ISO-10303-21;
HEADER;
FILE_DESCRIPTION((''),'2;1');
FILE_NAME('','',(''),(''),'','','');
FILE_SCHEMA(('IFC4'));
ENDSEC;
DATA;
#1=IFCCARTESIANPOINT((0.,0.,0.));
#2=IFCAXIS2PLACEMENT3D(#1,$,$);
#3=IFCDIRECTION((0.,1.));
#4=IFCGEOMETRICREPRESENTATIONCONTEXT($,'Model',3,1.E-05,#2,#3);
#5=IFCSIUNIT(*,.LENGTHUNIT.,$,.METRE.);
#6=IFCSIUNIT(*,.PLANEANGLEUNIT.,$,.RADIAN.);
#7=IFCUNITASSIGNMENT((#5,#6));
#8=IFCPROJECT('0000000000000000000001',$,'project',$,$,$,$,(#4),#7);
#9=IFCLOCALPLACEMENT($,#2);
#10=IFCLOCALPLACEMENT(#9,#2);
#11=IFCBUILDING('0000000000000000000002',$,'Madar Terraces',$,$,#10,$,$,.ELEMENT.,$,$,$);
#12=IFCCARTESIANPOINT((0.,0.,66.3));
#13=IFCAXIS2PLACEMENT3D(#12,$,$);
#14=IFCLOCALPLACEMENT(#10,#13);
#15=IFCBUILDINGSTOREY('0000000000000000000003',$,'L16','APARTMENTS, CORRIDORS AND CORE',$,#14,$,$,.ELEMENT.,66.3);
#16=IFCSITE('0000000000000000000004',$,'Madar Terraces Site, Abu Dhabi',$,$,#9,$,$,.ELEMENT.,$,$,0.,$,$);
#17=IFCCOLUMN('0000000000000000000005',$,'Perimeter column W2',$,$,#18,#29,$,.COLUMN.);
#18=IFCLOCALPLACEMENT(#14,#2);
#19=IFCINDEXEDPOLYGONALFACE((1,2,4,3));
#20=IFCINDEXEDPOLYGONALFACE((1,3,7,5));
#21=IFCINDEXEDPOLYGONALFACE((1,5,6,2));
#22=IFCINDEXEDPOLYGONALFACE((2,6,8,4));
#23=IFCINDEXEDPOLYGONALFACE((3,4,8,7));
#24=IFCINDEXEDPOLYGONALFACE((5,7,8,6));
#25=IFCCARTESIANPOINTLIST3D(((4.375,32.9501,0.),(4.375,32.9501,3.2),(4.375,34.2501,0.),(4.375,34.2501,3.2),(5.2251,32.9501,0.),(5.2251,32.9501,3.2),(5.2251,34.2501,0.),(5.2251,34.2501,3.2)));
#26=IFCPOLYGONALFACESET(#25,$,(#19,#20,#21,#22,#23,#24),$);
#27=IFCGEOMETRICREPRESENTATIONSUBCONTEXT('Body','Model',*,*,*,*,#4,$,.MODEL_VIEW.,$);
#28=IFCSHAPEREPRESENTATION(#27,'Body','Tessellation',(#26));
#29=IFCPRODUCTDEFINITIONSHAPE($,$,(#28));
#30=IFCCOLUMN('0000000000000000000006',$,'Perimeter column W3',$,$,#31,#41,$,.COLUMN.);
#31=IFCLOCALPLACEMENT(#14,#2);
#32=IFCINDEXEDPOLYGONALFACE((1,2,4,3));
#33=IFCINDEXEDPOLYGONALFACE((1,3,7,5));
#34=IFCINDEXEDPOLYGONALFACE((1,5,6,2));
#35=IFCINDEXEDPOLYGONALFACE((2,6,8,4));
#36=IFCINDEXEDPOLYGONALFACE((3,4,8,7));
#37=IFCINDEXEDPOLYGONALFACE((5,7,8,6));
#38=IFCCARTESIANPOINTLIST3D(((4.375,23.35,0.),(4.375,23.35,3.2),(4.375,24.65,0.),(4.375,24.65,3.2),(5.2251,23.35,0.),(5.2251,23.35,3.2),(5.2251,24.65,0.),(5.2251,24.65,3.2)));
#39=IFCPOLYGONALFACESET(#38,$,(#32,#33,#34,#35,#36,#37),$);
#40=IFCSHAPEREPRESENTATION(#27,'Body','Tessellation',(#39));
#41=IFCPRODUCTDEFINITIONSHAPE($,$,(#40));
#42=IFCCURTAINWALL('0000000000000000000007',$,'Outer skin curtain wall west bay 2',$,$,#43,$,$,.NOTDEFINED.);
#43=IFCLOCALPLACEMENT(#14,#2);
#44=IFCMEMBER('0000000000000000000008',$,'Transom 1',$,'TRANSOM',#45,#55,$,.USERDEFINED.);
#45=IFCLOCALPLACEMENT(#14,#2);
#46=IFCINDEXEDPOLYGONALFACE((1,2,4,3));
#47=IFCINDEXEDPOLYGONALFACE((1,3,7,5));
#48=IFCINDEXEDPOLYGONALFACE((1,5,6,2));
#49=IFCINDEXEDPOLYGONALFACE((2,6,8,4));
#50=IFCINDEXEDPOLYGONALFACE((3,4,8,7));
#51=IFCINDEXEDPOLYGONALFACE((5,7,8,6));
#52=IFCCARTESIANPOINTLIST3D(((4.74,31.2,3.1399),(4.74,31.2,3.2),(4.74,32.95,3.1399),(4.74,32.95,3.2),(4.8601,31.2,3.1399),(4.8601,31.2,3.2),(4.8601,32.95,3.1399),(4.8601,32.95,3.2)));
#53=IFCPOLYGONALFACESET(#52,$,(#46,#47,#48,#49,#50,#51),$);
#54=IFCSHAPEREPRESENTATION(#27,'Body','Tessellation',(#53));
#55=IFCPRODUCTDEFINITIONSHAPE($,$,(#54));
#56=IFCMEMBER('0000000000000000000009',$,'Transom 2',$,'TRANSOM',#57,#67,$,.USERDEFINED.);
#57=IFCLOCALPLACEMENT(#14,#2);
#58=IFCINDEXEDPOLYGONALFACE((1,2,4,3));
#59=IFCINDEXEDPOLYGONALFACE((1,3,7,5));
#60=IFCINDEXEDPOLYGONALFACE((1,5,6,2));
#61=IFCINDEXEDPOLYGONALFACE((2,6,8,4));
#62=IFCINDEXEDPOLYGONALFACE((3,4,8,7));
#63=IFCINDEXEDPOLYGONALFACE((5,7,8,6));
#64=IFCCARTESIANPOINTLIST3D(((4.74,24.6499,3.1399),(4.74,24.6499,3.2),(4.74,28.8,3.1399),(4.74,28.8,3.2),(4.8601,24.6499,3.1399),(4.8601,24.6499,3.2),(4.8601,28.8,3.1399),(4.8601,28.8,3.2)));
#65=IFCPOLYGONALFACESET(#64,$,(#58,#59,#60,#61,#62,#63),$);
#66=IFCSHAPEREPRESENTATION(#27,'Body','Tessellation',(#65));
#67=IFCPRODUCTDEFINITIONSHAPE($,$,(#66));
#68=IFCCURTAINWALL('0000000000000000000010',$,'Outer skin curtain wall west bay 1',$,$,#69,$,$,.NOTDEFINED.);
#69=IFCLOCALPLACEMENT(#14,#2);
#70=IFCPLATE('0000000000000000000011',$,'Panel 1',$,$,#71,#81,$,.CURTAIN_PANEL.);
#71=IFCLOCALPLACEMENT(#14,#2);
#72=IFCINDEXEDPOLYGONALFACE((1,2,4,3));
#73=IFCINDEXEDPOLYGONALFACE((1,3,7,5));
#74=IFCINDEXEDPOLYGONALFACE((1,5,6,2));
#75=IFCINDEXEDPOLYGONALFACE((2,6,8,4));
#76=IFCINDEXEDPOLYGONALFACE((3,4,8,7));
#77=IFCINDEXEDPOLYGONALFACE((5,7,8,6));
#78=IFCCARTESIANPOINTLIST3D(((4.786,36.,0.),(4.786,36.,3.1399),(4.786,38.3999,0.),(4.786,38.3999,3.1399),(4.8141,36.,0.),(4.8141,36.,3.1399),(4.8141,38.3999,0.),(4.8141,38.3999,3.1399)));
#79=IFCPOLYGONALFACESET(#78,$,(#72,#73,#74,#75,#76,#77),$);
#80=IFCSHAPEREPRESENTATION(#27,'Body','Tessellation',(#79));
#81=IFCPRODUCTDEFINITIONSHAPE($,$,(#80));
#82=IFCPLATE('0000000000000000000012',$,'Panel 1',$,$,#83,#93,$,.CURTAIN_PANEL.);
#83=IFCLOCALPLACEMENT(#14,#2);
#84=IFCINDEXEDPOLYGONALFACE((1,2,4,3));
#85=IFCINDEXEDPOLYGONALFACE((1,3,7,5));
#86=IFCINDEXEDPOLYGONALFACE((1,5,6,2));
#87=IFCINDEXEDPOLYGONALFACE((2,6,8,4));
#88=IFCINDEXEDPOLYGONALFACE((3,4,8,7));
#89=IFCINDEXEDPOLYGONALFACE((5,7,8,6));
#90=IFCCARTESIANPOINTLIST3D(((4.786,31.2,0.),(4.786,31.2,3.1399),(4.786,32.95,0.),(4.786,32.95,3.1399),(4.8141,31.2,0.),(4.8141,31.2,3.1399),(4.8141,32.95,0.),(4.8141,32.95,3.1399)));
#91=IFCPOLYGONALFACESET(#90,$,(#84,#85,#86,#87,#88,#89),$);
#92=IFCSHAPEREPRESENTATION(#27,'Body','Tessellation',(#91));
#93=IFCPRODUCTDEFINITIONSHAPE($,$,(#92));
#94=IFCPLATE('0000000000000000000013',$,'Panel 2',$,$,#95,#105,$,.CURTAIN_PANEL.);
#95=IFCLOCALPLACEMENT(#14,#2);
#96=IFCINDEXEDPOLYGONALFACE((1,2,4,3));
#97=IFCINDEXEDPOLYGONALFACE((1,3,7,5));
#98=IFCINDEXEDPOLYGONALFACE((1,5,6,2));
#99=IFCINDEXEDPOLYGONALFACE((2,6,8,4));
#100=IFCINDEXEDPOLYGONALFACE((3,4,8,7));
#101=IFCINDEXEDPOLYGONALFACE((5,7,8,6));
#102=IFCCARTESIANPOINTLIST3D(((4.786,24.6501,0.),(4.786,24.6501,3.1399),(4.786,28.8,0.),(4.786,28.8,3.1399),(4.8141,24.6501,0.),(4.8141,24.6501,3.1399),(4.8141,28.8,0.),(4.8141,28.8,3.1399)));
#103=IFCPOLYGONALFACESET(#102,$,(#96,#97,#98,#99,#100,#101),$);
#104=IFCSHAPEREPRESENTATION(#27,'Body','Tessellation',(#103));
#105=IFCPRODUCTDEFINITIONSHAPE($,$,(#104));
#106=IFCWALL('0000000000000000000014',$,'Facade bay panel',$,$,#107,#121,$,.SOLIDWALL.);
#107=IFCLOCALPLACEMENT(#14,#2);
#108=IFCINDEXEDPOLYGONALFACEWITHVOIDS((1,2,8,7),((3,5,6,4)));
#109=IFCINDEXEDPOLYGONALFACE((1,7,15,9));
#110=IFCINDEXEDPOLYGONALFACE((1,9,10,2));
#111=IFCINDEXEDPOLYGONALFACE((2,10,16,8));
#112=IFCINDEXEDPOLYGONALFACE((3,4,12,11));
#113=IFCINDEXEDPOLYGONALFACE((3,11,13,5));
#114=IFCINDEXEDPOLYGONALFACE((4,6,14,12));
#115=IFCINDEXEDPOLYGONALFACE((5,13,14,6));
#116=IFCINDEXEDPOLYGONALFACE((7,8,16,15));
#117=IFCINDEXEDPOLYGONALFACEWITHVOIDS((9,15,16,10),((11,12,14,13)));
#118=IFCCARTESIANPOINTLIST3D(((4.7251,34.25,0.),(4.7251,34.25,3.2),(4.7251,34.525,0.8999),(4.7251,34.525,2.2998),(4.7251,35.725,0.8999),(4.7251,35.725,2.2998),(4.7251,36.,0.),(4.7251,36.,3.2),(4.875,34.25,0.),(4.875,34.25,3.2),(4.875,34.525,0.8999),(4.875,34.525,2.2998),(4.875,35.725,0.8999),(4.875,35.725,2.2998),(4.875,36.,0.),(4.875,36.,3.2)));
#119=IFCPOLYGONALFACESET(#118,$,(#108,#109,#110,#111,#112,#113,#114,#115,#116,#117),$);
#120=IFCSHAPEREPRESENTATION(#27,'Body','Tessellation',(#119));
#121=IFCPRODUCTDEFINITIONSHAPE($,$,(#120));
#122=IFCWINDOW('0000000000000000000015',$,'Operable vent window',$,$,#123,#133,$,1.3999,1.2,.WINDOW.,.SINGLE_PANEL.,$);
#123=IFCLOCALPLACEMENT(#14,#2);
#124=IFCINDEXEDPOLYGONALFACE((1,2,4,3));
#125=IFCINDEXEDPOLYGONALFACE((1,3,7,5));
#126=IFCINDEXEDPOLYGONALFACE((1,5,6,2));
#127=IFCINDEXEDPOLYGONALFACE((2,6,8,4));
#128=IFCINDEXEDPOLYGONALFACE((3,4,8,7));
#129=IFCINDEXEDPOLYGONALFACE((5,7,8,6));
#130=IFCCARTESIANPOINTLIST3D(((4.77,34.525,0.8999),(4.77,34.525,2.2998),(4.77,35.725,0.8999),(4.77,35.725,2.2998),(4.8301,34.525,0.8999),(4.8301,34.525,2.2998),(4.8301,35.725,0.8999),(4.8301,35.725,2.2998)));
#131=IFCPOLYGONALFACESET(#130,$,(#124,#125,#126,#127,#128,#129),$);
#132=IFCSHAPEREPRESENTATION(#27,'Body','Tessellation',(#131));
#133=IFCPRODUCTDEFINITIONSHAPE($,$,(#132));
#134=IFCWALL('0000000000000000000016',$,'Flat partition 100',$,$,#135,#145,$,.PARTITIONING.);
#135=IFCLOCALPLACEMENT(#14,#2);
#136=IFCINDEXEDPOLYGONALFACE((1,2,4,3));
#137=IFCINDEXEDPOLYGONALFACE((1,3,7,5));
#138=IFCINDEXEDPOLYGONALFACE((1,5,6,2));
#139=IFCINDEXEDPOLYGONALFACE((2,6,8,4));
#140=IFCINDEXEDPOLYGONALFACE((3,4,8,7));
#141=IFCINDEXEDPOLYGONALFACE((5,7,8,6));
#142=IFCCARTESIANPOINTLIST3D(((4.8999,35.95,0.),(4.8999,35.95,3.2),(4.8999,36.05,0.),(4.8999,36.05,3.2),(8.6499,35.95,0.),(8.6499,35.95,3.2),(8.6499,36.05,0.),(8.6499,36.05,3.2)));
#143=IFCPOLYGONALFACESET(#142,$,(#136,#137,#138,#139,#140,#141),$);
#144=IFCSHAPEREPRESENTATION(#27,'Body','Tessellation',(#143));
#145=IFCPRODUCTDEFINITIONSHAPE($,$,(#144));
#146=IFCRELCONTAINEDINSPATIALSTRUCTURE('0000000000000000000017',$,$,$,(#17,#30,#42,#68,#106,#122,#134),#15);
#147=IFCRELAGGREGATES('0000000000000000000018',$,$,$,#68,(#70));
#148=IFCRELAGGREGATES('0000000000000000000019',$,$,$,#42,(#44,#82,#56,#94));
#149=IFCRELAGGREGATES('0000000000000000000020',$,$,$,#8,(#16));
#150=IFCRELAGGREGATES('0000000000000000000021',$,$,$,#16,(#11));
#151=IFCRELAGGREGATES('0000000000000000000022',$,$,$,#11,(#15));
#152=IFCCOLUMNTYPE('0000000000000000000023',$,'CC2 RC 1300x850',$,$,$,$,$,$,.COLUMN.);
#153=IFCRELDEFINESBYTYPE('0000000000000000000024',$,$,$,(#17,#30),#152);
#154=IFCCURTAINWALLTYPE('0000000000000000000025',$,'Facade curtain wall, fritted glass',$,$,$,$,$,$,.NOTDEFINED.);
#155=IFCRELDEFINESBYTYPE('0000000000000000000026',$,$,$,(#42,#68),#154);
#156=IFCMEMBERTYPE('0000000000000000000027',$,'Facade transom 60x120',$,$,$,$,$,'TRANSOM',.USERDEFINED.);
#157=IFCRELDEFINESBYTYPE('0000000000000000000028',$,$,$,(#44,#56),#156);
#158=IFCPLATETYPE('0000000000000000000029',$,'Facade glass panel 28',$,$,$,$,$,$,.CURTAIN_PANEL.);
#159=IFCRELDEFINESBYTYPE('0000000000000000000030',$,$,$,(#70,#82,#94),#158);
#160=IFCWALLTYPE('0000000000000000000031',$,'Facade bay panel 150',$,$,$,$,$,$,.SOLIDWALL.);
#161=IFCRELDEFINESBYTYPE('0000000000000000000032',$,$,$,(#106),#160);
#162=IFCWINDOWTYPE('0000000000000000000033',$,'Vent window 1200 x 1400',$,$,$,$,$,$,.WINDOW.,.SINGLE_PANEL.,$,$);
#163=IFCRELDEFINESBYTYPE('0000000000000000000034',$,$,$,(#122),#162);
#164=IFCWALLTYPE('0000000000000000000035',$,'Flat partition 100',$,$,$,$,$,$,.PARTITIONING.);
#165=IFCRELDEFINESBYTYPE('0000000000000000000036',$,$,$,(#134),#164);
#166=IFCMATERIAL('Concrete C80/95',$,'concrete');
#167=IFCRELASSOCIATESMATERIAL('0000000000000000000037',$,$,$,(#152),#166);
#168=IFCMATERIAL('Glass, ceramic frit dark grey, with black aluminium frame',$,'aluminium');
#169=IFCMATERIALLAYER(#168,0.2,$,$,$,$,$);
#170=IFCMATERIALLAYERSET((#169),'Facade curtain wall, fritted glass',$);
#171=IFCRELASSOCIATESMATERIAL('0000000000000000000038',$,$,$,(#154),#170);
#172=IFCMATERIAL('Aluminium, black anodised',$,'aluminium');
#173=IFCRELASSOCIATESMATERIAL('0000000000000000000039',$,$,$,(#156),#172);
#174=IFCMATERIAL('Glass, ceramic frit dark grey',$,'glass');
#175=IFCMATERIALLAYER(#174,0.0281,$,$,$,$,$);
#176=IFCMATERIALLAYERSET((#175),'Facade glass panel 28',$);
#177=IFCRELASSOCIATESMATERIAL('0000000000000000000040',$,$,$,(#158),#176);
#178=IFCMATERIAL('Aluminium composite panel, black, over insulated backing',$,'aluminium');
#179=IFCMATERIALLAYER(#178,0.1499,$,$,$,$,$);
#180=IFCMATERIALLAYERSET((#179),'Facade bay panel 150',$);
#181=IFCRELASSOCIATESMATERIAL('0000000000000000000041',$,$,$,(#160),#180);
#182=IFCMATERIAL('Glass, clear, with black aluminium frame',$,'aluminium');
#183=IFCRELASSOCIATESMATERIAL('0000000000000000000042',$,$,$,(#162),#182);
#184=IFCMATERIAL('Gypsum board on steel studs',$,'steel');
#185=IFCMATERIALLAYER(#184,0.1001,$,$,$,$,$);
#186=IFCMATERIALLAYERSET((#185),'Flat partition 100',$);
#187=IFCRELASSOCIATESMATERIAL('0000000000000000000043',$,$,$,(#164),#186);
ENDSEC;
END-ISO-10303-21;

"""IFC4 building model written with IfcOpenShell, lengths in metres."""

from ifc_helpers import new_model, si_unit, direction, frame, frame_2d, origin, origin_2d, place, context, subcontext, project, spatial, rectangle, extrude, material, layer, layer_set, material_profile, profile_set, type_object, element, fill, aggregate, save


model = new_model("IFC4")

# Units and contexts
model_context = context("Model", 3, precision=1e-05, world=origin(), true_north=direction((0.0, 1.0)))
body_context = subcontext(model_context, "Body", "Model", "MODEL_VIEW")
ifc_project = project(units=[si_unit("LENGTHUNIT", "METRE"), si_unit("PLANEANGLEUNIT", "RADIAN")], contexts=[model_context])

# Site, building, storey
site_placement = place(None, origin())
site = spatial("IfcSite", under=ifc_project, at=site_placement, Name="Madar Terraces Site, Abu Dhabi", CompositionType="ELEMENT", RefElevation=0.0)
building_placement = place(site_placement, origin())
building = spatial("IfcBuilding", under=site, at=building_placement, Name="Madar Terraces", CompositionType="ELEMENT")
storey_placement = place(building_placement, frame((0.0, 0.0, 66.3)))
storey = spatial("IfcBuildingStorey", under=building, at=storey_placement, Name="L16", Description="APARTMENTS, CORRIDORS AND CORE", CompositionType="ELEMENT", Elevation=66.3)

# Columns
ifc_material_1 = material(Name="Concrete C80/95", Category="concrete")
ifc_material_profile_1 = material_profile(ifc_material_1, rectangle(XDim=1.3, YDim=0.8501, at=origin_2d()), Name="CC2 RC 1300x850")
ifc_profile_set_1 = profile_set([ifc_material_profile_1], Name="Concrete C80/95")
column_type = type_object("IfcColumnType", Name="CC2 RC 1300x850", PredefinedType="COLUMN", material=ifc_profile_set_1)
for number, where, z_axis, x_axis, name in (
    (1, (4.8, 33.6001, 0.0), (0.0, 0.0, 1.0), (0.0, 1.0, 0.0), "Perimeter column W2"),
    (2, (4.8, 24.0, 0.0), (0.0, 0.0, 1.0), (0.0, 1.0, 0.0), "Perimeter column W3"),
):
    element("IfcColumn", number, at=place(storey_placement, frame(where, z_axis=z_axis, x_axis=x_axis)), inside=storey, type_object=column_type, Name=name, PredefinedType="COLUMN", context=body_context, shape_type="SweptSolid", body=[
        extrude(rectangle(XDim=1.3, YDim=0.8501, at=origin_2d()), origin(), (0.0, 0.0, 1.0), 3.2),
    ])

# Curtain wall, members
ifc_material_2 = material(Name="Glass, ceramic frit dark grey, with black aluminium frame", Category="aluminium")
ifc_layer_1 = layer(ifc_material_2, 0.2)
ifc_layer_set_1 = layer_set([ifc_layer_1], Name="Facade curtain wall, fritted glass")
curtain_wall_type = type_object("IfcCurtainWallType", Name="Facade curtain wall, fritted glass", PredefinedType="NOTDEFINED", material=ifc_layer_set_1)
curtain_wall_1_placement = place(storey_placement, origin())
curtain_wall_1 = element("IfcCurtainWall", 3, at=curtain_wall_1_placement, inside=storey, type_object=curtain_wall_type, Name="Outer skin curtain wall west bay 2", PredefinedType="NOTDEFINED")
ifc_material_3 = material(Name="Aluminium, black anodised", Category="aluminium")
ifc_material_profile_2 = material_profile(ifc_material_3, rectangle(XDim=0.1201, YDim=0.0601, at=origin_2d()), Name="Facade transom 60x120")
ifc_profile_set_2 = profile_set([ifc_material_profile_2], Name="Aluminium, black anodised")
member_type = type_object("IfcMemberType", Name="Facade transom 60x120", ElementType="TRANSOM", PredefinedType="USERDEFINED", material=ifc_profile_set_2)
member_1_placement = place(storey_placement, frame((4.8, 32.95, 3.1699), z_axis=(0.0, -1.0, 0.0), x_axis=(1.0, 0.0, 0.0)))
member_1 = element("IfcMember", 4, at=member_1_placement, type_object=member_type, Name="Transom 1", ObjectType="TRANSOM", PredefinedType="USERDEFINED", context=body_context, shape_type="SweptSolid", body=[
    extrude(rectangle(XDim=0.1201, YDim=0.0601, at=origin_2d()), origin(), (0.0, 0.0, 1.0), 1.75),
])
member_2_placement = place(storey_placement, frame((4.8, 28.8, 3.1699), z_axis=(0.0, -1.0, 0.0), x_axis=(1.0, 0.0, 0.0)))
member_2 = element("IfcMember", 5, at=member_2_placement, type_object=member_type, Name="Transom 2", ObjectType="TRANSOM", PredefinedType="USERDEFINED", context=body_context, shape_type="SweptSolid", body=[
    extrude(rectangle(XDim=0.1201, YDim=0.0601, at=origin_2d()), origin(), (0.0, 0.0, 1.0), 4.1501),
])

# Curtain wall, plate
curtain_wall_2_placement = place(storey_placement, origin())
curtain_wall_2 = element("IfcCurtainWall", 6, at=curtain_wall_2_placement, inside=storey, type_object=curtain_wall_type, Name="Outer skin curtain wall west bay 1", PredefinedType="NOTDEFINED")
ifc_material_4 = material(Name="Glass, ceramic frit dark grey", Category="glass")
ifc_layer_2 = layer(ifc_material_4, 0.0281)
ifc_layer_set_2 = layer_set([ifc_layer_2], Name="Facade glass panel 28")
plate_type = type_object("IfcPlateType", Name="Facade glass panel 28", PredefinedType="CURTAIN_PANEL", material=ifc_layer_set_2)
plate_1_placement = place(storey_placement, frame((4.8, 37.2, 0.0), z_axis=(0.0, 0.0, 1.0), x_axis=(0.0, -1.0, 0.0)))
plate_1 = element("IfcPlate", 7, at=plate_1_placement, type_object=plate_type, Name="Panel 1", PredefinedType="CURTAIN_PANEL", context=body_context, shape_type="SweptSolid", body=[
    extrude(rectangle(XDim=2.3999, YDim=0.0281, at=origin_2d()), origin(), (0.0, 0.0, 1.0), 3.1399),
])
aggregate(curtain_wall_2, [plate_1])

# Plates
plate_2_placement = place(storey_placement, frame((4.8, 32.075, 0.0), z_axis=(0.0, 0.0, 1.0), x_axis=(0.0, -1.0, 0.0)))
plate_2 = element("IfcPlate", 8, at=plate_2_placement, type_object=plate_type, Name="Panel 1", PredefinedType="CURTAIN_PANEL", context=body_context, shape_type="SweptSolid", body=[
    extrude(rectangle(XDim=1.75, YDim=0.0281, at=origin_2d()), origin(), (0.0, 0.0, 1.0), 3.1399),
])
plate_3_placement = place(storey_placement, frame((4.8, 26.7251, 0.0), z_axis=(0.0, 0.0, 1.0), x_axis=(0.0, -1.0, 0.0)))
plate_3 = element("IfcPlate", 9, at=plate_3_placement, type_object=plate_type, Name="Panel 2", PredefinedType="CURTAIN_PANEL", context=body_context, shape_type="SweptSolid", body=[
    extrude(rectangle(XDim=4.1499, YDim=0.0281, at=origin_2d()), origin(), (0.0, 0.0, 1.0), 3.1399),
])
aggregate(curtain_wall_1, [member_1, plate_2, member_2, plate_3])

# Wall, opening, window
ifc_material_5 = material(Name="Aluminium composite panel, black, over insulated backing", Category="aluminium")
ifc_layer_3 = layer(ifc_material_5, 0.1499)
ifc_layer_set_3 = layer_set([ifc_layer_3], Name="Facade bay panel 150")
wall_type_1 = type_object("IfcWallType", Name="Facade bay panel 150", PredefinedType="SOLIDWALL", material=ifc_layer_set_3)
wall_1_placement = place(storey_placement, frame((4.8, 36.0, 0.0), z_axis=(0.0, 0.0, 1.0), x_axis=(0.0, -1.0, 0.0)))
wall_1 = element("IfcWall", 10, at=wall_1_placement, inside=storey, type_object=wall_type_1, Name="Facade bay panel", PredefinedType="SOLIDWALL", context=body_context, shape_type="SweptSolid", body=[
    extrude(rectangle(XDim=1.75, YDim=0.1499, at=frame_2d((0.875, 0.0))), origin(), (0.0, 0.0, 1.0), 3.2),
])
opening_1_placement = place(wall_1_placement, frame((0.2749, 0.0, 0.8999)))
opening_1 = element("IfcOpeningElement", 11, at=opening_1_placement, cuts=wall_1, PredefinedType="OPENING", context=body_context, shape_type="SweptSolid", body=[
    extrude(rectangle(XDim=1.2, YDim=1.3999, at=frame_2d((0.6001, 0.7))), frame((0.0, 0.085, 0.0), z_axis=(0.0, -1.0, 0.0), x_axis=(1.0, 0.0, 0.0)), (0.0, 0.0, 1.0), 0.1699),
])
ifc_material_6 = material(Name="Glass, clear, with black aluminium frame", Category="aluminium")
window_type = type_object("IfcWindowType", Name="Vent window 1200 x 1400", PartitioningType="SINGLE_PANEL", PredefinedType="WINDOW", material=ifc_material_6)
window_placement = place(opening_1_placement, origin())
window = element("IfcWindow", 12, at=window_placement, inside=storey, type_object=window_type, Name="Operable vent window", OverallHeight=1.3999, OverallWidth=1.2, PartitioningType="SINGLE_PANEL", PredefinedType="WINDOW", context=body_context, shape_type="SweptSolid", body=[
    extrude(rectangle(XDim=1.2, YDim=1.3999, at=frame_2d((0.6001, 0.7))), frame((0.0, 0.03, 0.0), z_axis=(0.0, -1.0, 0.0), x_axis=(1.0, 0.0, 0.0)), (0.0, 0.0, 1.0), 0.0601),
])
fill(opening_1, window)

# Wall
ifc_material_7 = material(Name="Gypsum board on steel studs", Category="steel")
ifc_layer_4 = layer(ifc_material_7, 0.1001)
ifc_layer_set_4 = layer_set([ifc_layer_4], Name="Flat partition 100")
wall_type_2 = type_object("IfcWallType", Name="Flat partition 100", PredefinedType="PARTITIONING", material=ifc_layer_set_4)
wall_2_placement = place(storey_placement, frame((8.6499, 36.0, 0.0), z_axis=(0.0, 0.0, 1.0), x_axis=(-1.0, 0.0, 0.0)))
element("IfcWall", 13, at=wall_2_placement, inside=storey, type_object=wall_type_2, Name="Flat partition 100", PredefinedType="PARTITIONING", context=body_context, shape_type="SweptSolid", body=[
    extrude(rectangle(XDim=3.75, YDim=0.1001, at=frame_2d((1.875, 0.0))), origin(), (0.0, 0.0, 1.0), 3.2),
])

save(model, "model.ifc")
